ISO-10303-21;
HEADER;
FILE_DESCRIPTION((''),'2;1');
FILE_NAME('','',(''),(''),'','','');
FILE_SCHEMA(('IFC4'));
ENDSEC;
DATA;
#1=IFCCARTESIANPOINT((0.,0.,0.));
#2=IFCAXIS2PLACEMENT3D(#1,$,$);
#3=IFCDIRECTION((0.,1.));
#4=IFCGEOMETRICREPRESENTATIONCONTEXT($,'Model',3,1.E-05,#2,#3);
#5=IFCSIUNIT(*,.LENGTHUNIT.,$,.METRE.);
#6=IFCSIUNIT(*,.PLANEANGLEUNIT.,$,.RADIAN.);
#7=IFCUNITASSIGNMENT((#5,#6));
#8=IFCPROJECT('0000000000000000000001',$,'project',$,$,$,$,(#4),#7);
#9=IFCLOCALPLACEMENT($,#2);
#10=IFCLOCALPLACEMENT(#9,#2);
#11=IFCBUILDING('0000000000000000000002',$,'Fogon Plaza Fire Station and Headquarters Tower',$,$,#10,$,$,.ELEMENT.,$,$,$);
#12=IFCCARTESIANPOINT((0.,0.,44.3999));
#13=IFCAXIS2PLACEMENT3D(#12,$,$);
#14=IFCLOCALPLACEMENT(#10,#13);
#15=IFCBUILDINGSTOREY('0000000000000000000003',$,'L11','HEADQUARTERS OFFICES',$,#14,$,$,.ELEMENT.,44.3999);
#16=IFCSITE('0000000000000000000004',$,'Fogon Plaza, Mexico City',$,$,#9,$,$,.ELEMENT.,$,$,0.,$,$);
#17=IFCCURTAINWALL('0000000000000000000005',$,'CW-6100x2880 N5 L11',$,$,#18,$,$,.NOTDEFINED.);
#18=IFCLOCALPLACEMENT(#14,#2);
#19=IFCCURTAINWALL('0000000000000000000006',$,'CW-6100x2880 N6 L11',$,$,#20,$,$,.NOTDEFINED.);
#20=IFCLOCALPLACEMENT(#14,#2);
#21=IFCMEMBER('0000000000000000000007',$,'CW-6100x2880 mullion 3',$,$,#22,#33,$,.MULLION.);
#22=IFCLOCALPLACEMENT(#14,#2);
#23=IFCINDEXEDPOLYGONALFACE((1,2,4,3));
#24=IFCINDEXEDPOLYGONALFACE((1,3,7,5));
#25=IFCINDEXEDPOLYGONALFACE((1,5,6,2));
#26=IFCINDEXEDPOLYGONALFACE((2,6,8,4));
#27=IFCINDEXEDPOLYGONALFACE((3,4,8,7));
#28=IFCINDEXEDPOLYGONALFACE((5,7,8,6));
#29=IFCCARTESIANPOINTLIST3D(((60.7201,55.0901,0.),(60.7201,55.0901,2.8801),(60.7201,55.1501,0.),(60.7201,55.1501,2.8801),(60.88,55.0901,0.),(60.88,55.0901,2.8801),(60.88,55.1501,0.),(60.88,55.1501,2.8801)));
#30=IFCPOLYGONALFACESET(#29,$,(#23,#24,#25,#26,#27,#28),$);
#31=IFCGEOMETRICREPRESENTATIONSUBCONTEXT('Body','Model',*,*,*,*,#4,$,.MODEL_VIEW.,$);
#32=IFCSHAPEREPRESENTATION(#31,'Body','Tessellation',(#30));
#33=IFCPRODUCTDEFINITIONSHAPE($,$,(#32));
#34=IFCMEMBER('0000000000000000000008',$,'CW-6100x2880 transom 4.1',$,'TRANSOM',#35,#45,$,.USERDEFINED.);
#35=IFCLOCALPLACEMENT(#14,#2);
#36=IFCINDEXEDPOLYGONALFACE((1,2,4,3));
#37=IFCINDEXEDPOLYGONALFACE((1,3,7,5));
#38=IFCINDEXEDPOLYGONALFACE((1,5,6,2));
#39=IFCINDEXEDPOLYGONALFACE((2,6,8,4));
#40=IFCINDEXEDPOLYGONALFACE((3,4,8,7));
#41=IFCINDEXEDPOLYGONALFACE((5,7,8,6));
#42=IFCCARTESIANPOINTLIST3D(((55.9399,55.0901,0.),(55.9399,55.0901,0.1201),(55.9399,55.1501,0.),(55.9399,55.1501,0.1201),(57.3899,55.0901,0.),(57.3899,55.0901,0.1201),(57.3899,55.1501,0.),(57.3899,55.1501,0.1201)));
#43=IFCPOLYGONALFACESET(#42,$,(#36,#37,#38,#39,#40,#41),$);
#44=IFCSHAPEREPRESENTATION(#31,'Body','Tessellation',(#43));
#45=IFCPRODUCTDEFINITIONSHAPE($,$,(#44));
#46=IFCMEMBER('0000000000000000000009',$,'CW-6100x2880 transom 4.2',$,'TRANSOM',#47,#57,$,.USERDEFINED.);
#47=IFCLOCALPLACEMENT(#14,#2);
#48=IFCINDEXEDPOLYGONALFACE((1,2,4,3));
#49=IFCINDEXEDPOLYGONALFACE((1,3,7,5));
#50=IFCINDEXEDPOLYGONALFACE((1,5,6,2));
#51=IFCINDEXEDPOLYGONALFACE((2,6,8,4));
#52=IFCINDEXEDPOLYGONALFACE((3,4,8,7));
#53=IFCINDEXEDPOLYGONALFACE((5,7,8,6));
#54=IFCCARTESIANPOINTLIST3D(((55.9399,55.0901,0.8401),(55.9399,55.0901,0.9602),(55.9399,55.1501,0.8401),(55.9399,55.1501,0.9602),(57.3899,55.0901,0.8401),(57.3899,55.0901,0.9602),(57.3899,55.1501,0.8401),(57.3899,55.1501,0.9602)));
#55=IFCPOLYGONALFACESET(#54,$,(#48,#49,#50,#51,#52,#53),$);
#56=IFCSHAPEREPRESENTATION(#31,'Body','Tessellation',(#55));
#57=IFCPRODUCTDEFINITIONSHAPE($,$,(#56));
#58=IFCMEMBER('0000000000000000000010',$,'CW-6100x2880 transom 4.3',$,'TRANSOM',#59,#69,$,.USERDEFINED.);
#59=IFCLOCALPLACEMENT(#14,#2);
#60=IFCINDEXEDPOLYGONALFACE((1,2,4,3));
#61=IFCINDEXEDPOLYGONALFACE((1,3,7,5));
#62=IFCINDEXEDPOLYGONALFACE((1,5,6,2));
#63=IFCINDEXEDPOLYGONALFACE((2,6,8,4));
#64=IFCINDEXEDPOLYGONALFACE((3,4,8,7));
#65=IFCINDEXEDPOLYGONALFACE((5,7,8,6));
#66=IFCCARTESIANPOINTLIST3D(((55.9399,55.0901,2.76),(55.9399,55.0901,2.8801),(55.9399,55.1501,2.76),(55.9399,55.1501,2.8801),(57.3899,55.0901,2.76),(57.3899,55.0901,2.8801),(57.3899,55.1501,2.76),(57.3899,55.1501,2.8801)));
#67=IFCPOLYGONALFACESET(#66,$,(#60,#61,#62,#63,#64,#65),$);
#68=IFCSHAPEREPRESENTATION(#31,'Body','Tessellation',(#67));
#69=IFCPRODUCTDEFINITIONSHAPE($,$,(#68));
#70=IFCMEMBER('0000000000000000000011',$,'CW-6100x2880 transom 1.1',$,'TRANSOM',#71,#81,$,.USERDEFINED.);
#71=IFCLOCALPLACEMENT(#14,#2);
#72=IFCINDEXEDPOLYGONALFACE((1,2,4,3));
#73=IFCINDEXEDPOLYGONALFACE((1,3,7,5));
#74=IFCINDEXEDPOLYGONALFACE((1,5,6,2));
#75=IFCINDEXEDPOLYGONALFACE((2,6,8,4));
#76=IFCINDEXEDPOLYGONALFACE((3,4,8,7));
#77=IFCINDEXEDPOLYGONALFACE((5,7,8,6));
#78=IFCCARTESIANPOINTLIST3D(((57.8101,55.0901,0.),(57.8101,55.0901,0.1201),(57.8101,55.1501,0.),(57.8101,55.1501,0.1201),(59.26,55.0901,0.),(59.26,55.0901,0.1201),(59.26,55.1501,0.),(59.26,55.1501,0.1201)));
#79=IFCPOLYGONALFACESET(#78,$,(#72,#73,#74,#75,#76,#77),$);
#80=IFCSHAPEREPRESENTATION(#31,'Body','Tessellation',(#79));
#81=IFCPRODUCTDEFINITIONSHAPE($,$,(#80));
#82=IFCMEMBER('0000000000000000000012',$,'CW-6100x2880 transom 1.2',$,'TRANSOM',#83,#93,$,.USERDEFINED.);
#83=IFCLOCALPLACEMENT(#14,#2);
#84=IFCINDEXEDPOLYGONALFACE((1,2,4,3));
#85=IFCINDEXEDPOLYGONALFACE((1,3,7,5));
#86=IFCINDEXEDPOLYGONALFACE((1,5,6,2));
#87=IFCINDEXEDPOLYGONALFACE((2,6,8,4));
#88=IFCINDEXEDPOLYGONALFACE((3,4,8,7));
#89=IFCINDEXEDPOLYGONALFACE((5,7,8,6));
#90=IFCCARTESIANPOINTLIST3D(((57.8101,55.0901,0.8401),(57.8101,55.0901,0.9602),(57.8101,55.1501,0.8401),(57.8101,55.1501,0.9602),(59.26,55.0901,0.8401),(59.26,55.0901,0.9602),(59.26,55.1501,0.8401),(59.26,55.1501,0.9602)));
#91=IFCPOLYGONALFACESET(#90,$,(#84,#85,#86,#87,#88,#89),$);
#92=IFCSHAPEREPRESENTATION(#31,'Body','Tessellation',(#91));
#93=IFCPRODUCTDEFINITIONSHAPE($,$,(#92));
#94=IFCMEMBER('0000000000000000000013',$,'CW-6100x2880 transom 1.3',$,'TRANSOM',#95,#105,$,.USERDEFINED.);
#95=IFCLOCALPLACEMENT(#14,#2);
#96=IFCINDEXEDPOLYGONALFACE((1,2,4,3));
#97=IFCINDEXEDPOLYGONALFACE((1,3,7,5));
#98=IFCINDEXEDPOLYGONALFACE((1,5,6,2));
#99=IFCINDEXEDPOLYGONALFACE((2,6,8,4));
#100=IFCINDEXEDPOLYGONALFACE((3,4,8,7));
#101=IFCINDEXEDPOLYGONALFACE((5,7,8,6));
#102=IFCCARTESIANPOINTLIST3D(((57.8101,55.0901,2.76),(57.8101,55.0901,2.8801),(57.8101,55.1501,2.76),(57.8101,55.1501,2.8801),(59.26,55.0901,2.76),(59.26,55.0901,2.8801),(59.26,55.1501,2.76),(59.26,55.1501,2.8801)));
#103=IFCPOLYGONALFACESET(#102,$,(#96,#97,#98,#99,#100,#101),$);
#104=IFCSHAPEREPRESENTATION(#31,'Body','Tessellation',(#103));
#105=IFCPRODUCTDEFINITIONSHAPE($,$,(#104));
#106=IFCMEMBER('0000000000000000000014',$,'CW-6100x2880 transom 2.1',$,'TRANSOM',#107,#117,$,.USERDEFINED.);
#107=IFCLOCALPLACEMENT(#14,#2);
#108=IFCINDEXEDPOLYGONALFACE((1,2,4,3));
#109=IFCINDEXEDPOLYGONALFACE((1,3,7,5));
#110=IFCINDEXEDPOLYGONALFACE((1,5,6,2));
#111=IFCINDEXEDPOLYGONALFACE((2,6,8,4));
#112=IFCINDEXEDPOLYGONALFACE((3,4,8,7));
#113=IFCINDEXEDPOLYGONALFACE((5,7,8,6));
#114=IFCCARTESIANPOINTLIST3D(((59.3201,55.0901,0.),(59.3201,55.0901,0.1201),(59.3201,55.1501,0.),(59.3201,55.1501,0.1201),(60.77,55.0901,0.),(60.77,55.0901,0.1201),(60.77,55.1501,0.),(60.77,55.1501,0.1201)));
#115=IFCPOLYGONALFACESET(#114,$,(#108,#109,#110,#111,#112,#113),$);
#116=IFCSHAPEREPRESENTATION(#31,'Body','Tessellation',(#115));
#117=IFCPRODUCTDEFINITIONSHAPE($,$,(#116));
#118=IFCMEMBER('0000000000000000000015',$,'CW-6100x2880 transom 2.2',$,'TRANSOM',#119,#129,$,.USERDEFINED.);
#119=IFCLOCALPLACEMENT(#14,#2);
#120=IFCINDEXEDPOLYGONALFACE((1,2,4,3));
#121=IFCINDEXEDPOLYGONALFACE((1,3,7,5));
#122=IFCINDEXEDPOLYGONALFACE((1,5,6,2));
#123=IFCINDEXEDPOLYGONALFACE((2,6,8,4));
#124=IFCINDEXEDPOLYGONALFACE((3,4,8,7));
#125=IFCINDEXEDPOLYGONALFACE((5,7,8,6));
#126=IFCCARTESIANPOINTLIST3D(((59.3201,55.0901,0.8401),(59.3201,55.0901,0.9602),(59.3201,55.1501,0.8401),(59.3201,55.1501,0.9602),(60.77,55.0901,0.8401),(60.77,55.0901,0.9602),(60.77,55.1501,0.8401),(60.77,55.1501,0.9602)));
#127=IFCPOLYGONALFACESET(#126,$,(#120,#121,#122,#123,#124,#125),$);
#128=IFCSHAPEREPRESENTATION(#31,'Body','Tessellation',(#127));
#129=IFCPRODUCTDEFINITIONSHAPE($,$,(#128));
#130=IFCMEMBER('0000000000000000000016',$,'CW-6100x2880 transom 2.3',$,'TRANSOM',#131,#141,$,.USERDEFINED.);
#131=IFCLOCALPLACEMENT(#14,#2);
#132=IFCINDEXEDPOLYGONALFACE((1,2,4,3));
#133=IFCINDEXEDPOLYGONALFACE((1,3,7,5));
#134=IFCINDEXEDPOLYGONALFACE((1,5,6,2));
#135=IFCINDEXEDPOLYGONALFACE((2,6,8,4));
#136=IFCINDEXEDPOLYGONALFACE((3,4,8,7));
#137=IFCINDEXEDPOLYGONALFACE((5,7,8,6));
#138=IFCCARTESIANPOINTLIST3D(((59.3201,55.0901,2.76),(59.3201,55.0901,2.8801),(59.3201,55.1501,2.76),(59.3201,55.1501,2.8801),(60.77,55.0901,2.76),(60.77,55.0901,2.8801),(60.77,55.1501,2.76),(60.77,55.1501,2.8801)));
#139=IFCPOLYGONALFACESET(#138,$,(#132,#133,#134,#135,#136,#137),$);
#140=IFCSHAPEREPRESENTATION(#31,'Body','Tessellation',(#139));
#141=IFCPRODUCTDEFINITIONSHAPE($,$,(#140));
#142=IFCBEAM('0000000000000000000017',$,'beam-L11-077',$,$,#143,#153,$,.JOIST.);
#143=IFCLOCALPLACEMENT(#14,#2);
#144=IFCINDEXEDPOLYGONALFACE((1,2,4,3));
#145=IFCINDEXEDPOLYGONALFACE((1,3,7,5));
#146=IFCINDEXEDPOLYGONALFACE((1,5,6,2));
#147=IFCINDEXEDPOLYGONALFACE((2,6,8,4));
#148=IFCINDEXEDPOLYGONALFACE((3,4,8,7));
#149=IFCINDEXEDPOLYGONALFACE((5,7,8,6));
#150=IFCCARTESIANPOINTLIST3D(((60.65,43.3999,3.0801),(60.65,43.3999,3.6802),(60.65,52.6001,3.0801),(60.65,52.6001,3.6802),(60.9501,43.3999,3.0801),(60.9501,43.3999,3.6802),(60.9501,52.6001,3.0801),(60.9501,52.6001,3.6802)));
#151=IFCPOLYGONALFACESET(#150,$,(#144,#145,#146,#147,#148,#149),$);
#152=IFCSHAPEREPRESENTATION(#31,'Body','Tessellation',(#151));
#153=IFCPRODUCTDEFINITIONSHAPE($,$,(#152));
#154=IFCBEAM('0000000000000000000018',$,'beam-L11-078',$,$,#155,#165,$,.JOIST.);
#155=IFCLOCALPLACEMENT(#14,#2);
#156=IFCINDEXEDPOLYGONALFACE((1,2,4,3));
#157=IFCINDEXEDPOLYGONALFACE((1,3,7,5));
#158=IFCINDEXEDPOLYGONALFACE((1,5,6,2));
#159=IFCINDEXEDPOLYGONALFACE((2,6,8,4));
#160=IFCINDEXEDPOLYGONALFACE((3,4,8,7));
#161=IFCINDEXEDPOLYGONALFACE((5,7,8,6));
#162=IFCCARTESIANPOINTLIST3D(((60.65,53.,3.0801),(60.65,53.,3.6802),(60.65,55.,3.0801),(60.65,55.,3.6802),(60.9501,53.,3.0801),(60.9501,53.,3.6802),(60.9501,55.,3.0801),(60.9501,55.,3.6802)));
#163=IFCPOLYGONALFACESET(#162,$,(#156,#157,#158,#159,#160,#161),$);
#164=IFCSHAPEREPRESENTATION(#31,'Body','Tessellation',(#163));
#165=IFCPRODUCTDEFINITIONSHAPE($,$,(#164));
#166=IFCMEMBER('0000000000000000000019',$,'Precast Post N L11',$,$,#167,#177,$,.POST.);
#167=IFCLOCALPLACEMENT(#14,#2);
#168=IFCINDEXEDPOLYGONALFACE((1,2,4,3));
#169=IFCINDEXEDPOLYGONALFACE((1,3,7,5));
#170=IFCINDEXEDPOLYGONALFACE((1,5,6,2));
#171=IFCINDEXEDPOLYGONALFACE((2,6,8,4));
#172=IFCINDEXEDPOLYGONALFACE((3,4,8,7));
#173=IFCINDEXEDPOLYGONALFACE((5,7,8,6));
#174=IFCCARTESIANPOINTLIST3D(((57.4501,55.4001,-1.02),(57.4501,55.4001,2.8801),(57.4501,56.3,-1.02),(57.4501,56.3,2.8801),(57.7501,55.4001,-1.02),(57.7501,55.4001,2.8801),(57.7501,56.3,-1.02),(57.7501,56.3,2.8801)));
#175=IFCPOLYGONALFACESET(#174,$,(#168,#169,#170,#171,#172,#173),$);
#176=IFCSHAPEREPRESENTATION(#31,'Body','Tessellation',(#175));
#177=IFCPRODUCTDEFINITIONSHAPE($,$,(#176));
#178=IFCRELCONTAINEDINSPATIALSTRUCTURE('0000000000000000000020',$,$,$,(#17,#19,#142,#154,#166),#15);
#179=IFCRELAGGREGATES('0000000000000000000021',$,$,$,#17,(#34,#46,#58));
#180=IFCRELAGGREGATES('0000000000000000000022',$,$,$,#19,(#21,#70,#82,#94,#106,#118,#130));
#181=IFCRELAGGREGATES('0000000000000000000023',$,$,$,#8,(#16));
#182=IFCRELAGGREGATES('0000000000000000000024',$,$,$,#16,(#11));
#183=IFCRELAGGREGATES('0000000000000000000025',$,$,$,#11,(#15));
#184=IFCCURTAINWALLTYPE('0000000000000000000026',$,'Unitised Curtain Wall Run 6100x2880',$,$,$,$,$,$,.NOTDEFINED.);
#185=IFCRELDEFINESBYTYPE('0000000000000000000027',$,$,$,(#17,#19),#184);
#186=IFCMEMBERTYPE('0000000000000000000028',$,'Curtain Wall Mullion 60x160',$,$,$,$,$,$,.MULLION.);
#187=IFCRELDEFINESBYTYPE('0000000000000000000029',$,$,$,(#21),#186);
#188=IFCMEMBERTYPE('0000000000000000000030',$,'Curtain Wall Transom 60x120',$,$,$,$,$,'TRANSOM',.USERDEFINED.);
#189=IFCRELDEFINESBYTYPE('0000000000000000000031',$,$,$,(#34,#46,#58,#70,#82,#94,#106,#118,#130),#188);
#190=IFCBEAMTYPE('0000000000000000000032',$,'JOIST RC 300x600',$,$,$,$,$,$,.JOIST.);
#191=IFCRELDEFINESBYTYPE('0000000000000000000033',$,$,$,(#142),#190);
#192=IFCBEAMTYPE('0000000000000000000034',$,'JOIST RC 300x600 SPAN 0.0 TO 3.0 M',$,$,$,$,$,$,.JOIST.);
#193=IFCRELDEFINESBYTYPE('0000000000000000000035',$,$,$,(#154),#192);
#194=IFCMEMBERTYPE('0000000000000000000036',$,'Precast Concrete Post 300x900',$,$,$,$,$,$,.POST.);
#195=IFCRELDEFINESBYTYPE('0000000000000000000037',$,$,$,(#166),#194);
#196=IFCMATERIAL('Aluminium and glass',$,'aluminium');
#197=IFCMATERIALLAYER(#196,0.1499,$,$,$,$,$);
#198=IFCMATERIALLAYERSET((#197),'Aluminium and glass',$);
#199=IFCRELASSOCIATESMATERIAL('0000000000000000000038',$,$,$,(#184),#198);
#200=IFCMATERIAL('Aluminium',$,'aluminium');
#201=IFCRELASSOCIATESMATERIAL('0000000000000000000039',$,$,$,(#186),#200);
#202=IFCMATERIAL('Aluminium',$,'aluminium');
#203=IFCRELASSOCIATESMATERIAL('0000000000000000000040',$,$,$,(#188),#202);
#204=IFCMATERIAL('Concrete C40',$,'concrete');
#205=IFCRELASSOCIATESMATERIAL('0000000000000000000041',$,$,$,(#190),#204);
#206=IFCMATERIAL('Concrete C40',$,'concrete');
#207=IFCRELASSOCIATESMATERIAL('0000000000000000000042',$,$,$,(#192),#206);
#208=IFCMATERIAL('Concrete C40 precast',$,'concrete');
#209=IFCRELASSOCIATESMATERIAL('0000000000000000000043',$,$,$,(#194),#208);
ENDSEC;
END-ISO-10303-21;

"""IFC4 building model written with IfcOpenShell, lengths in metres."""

from ifc_helpers import new_model, si_unit, direction, frame, origin, origin_2d, place, context, subcontext, project, spatial, rectangle, extrude, material, layer, layer_set, material_profile, profile_set, type_object, element, aggregate, save


model = new_model("IFC4")

# Units and contexts
model_context = context("Model", 3, precision=1e-05, world=origin(), true_north=direction((0.0, 1.0)))
body_context = subcontext(model_context, "Body", "Model", "MODEL_VIEW")
ifc_project = project(units=[si_unit("LENGTHUNIT", "METRE"), si_unit("PLANEANGLEUNIT", "RADIAN")], contexts=[model_context])

# Site, building, storey
site_placement = place(None, origin())
site = spatial("IfcSite", under=ifc_project, at=site_placement, Name="Fogon Plaza, Mexico City", CompositionType="ELEMENT", RefElevation=0.0)
building_placement = place(site_placement, origin())
building = spatial("IfcBuilding", under=site, at=building_placement, Name="Fogon Plaza Fire Station and Headquarters Tower", CompositionType="ELEMENT")
storey_placement = place(building_placement, frame((0.0, 0.0, 44.3999)))
storey = spatial("IfcBuildingStorey", under=building, at=storey_placement, Name="L11", Description="HEADQUARTERS OFFICES", CompositionType="ELEMENT", Elevation=44.3999)

# Curtain walls, member
ifc_material_1 = material(Name="Aluminium and glass", Category="aluminium")
ifc_layer_1 = layer(ifc_material_1, 0.1499)
ifc_layer_set_1 = layer_set([ifc_layer_1], Name="Aluminium and glass")
curtain_wall_type = type_object("IfcCurtainWallType", Name="Unitised Curtain Wall Run 6100x2880", PredefinedType="NOTDEFINED", material=ifc_layer_set_1)
curtain_wall_1_placement = place(storey_placement, origin())
curtain_wall_1 = element("IfcCurtainWall", 1, at=curtain_wall_1_placement, inside=storey, type_object=curtain_wall_type, Name="CW-6100x2880 N5 L11", PredefinedType="NOTDEFINED")
ifc_material_2 = material(Name="Aluminium", Category="aluminium")
ifc_material_profile_1 = material_profile(ifc_material_2, rectangle(XDim=0.0601, YDim=0.1599, at=origin_2d()), Name="Curtain Wall Mullion 60x160")
ifc_profile_set_1 = profile_set([ifc_material_profile_1], Name="Aluminium")
member_type_1 = type_object("IfcMemberType", Name="Curtain Wall Mullion 60x160", PredefinedType="MULLION", material=ifc_profile_set_1)
curtain_wall_2_placement = place(storey_placement, origin())
curtain_wall_2 = element("IfcCurtainWall", 2, at=curtain_wall_2_placement, inside=storey, type_object=curtain_wall_type, Name="CW-6100x2880 N6 L11", PredefinedType="NOTDEFINED")
member_1_placement = place(storey_placement, frame((60.8, 55.1201, 0.0), z_axis=(0.0, 0.0, 1.0), x_axis=(0.0, 1.0, 0.0)))
member_1 = element("IfcMember", 3, at=member_1_placement, type_object=member_type_1, Name="CW-6100x2880 mullion 3", PredefinedType="MULLION", context=body_context, shape_type="SweptSolid", body=[
    extrude(rectangle(XDim=0.0601, YDim=0.1599, at=origin_2d()), origin(), (0.0, 0.0, 1.0), 2.8801),
])

# Members
ifc_material_3 = material(Name="Aluminium", Category="aluminium")
ifc_material_profile_2 = material_profile(ifc_material_3, rectangle(XDim=0.0601, YDim=0.1201, at=origin_2d()), Name="Curtain Wall Transom 60x120")
ifc_profile_set_2 = profile_set([ifc_material_profile_2], Name="Aluminium")
member_type_2 = type_object("IfcMemberType", Name="Curtain Wall Transom 60x120", ElementType="TRANSOM", PredefinedType="USERDEFINED", material=ifc_profile_set_2)
member_2_placement = place(storey_placement, frame((55.9399, 55.1201, 0.0601), z_axis=(1.0, 0.0, 0.0), x_axis=(0.0, 1.0, 0.0)))
member_2 = element("IfcMember", 4, at=member_2_placement, type_object=member_type_2, Name="CW-6100x2880 transom 4.1", ObjectType="TRANSOM", PredefinedType="USERDEFINED", context=body_context, shape_type="SweptSolid", body=[
    extrude(rectangle(XDim=0.0601, YDim=0.1201, at=origin_2d()), origin(), (0.0, 0.0, 1.0), 1.45),
])
member_3_placement = place(storey_placement, frame((55.9399, 55.1201, 0.9001), z_axis=(1.0, 0.0, 0.0), x_axis=(0.0, 1.0, 0.0)))
member_3 = element("IfcMember", 5, at=member_3_placement, type_object=member_type_2, Name="CW-6100x2880 transom 4.2", ObjectType="TRANSOM", PredefinedType="USERDEFINED", context=body_context, shape_type="SweptSolid", body=[
    extrude(rectangle(XDim=0.0601, YDim=0.1201, at=origin_2d()), origin(), (0.0, 0.0, 1.0), 1.45),
])
member_4_placement = place(storey_placement, frame((55.9399, 55.1201, 2.8201), z_axis=(1.0, 0.0, 0.0), x_axis=(0.0, 1.0, 0.0)))
member_4 = element("IfcMember", 6, at=member_4_placement, type_object=member_type_2, Name="CW-6100x2880 transom 4.3", ObjectType="TRANSOM", PredefinedType="USERDEFINED", context=body_context, shape_type="SweptSolid", body=[
    extrude(rectangle(XDim=0.0601, YDim=0.1201, at=origin_2d()), origin(), (0.0, 0.0, 1.0), 1.45),
])
member_5_placement = place(storey_placement, frame((57.8101, 55.1201, 0.0601), z_axis=(1.0, 0.0, 0.0), x_axis=(0.0, 1.0, 0.0)))
member_5 = element("IfcMember", 7, at=member_5_placement, type_object=member_type_2, Name="CW-6100x2880 transom 1.1", ObjectType="TRANSOM", PredefinedType="USERDEFINED", context=body_context, shape_type="SweptSolid", body=[
    extrude(rectangle(XDim=0.0601, YDim=0.1201, at=origin_2d()), origin(), (0.0, 0.0, 1.0), 1.45),
])
member_6_placement = place(storey_placement, frame((57.8101, 55.1201, 0.9001), z_axis=(1.0, 0.0, 0.0), x_axis=(0.0, 1.0, 0.0)))
member_6 = element("IfcMember", 8, at=member_6_placement, type_object=member_type_2, Name="CW-6100x2880 transom 1.2", ObjectType="TRANSOM", PredefinedType="USERDEFINED", context=body_context, shape_type="SweptSolid", body=[
    extrude(rectangle(XDim=0.0601, YDim=0.1201, at=origin_2d()), origin(), (0.0, 0.0, 1.0), 1.45),
])
member_7_placement = place(storey_placement, frame((57.8101, 55.1201, 2.8201), z_axis=(1.0, 0.0, 0.0), x_axis=(0.0, 1.0, 0.0)))
member_7 = element("IfcMember", 9, at=member_7_placement, type_object=member_type_2, Name="CW-6100x2880 transom 1.3", ObjectType="TRANSOM", PredefinedType="USERDEFINED", context=body_context, shape_type="SweptSolid", body=[
    extrude(rectangle(XDim=0.0601, YDim=0.1201, at=origin_2d()), origin(), (0.0, 0.0, 1.0), 1.45),
])
member_8_placement = place(storey_placement, frame((59.3201, 55.1201, 0.0601), z_axis=(1.0, 0.0, 0.0), x_axis=(0.0, 1.0, 0.0)))
member_8 = element("IfcMember", 10, at=member_8_placement, type_object=member_type_2, Name="CW-6100x2880 transom 2.1", ObjectType="TRANSOM", PredefinedType="USERDEFINED", context=body_context, shape_type="SweptSolid", body=[
    extrude(rectangle(XDim=0.0601, YDim=0.1201, at=origin_2d()), origin(), (0.0, 0.0, 1.0), 1.45),
])
member_9_placement = place(storey_placement, frame((59.3201, 55.1201, 0.9001), z_axis=(1.0, 0.0, 0.0), x_axis=(0.0, 1.0, 0.0)))
member_9 = element("IfcMember", 11, at=member_9_placement, type_object=member_type_2, Name="CW-6100x2880 transom 2.2", ObjectType="TRANSOM", PredefinedType="USERDEFINED", context=body_context, shape_type="SweptSolid", body=[
    extrude(rectangle(XDim=0.0601, YDim=0.1201, at=origin_2d()), origin(), (0.0, 0.0, 1.0), 1.45),
])
member_10_placement = place(storey_placement, frame((59.3201, 55.1201, 2.8201), z_axis=(1.0, 0.0, 0.0), x_axis=(0.0, 1.0, 0.0)))
member_10 = element("IfcMember", 12, at=member_10_placement, type_object=member_type_2, Name="CW-6100x2880 transom 2.3", ObjectType="TRANSOM", PredefinedType="USERDEFINED", context=body_context, shape_type="SweptSolid", body=[
    extrude(rectangle(XDim=0.0601, YDim=0.1201, at=origin_2d()), origin(), (0.0, 0.0, 1.0), 1.45),
])

# Beams
ifc_material_4 = material(Name="Concrete C40", Category="concrete")
ifc_material_profile_3 = material_profile(ifc_material_4, rectangle(XDim=0.3, YDim=0.6001, at=origin_2d()), Name="RC 300x600")
ifc_profile_set_3 = profile_set([ifc_material_profile_3], Name="Concrete C40")
beam_type_1 = type_object("IfcBeamType", Name="JOIST RC 300x600", PredefinedType="JOIST", material=ifc_profile_set_3)
beam_1_placement = place(storey_placement, frame((60.8, 43.3999, 3.3801), z_axis=(0.0, 1.0, 0.0), x_axis=(-1.0, 0.0, 0.0)))
element("IfcBeam", 13, at=beam_1_placement, inside=storey, type_object=beam_type_1, Name="beam-L11-077", PredefinedType="JOIST", context=body_context, shape_type="SweptSolid", body=[
    extrude(rectangle(XDim=0.3, YDim=0.6001, at=origin_2d()), origin(), (0.0, 0.0, 1.0), 9.2002),
])
ifc_material_5 = material(Name="Concrete C40", Category="concrete")
ifc_material_profile_4 = material_profile(ifc_material_5, rectangle(XDim=0.3, YDim=0.6001, at=origin_2d()), Name="RC 300x600")
ifc_profile_set_4 = profile_set([ifc_material_profile_4], Name="Concrete C40")
beam_type_2 = type_object("IfcBeamType", Name="JOIST RC 300x600 SPAN 0.0 TO 3.0 M", PredefinedType="JOIST", material=ifc_profile_set_4)
beam_2_placement = place(storey_placement, frame((60.8, 53.0, 3.3801), z_axis=(0.0, 1.0, 0.0), x_axis=(-1.0, 0.0, 0.0)))
element("IfcBeam", 14, at=beam_2_placement, inside=storey, type_object=beam_type_2, Name="beam-L11-078", PredefinedType="JOIST", context=body_context, shape_type="SweptSolid", body=[
    extrude(rectangle(XDim=0.3, YDim=0.6001, at=origin_2d()), origin(), (0.0, 0.0, 1.0), 2.0),
])

# Member
ifc_material_6 = material(Name="Concrete C40 precast", Category="concrete")
ifc_material_profile_5 = material_profile(ifc_material_6, rectangle(XDim=0.3, YDim=0.8999, at=origin_2d()), Name="Precast Concrete Post 300x900")
ifc_profile_set_5 = profile_set([ifc_material_profile_5], Name="Concrete C40 precast")
member_type_3 = type_object("IfcMemberType", Name="Precast Concrete Post 300x900", PredefinedType="POST", material=ifc_profile_set_5)
member_11_placement = place(storey_placement, frame((57.6001, 55.8501, -1.02), z_axis=(0.0, 0.0, 1.0), x_axis=(1.0, 0.0, 0.0)))
element("IfcMember", 15, at=member_11_placement, inside=storey, type_object=member_type_3, Name="Precast Post N L11", PredefinedType="POST", context=body_context, shape_type="SweptSolid", body=[
    extrude(rectangle(XDim=0.3, YDim=0.8999, at=origin_2d()), origin(), (0.0, 0.0, 1.0), 3.9001),
])

aggregate(curtain_wall_1, [member_2, member_3, member_4])
aggregate(curtain_wall_2, [member_1, member_5, member_6, member_7, member_8, member_9, member_10])

save(model, "model.ifc")
